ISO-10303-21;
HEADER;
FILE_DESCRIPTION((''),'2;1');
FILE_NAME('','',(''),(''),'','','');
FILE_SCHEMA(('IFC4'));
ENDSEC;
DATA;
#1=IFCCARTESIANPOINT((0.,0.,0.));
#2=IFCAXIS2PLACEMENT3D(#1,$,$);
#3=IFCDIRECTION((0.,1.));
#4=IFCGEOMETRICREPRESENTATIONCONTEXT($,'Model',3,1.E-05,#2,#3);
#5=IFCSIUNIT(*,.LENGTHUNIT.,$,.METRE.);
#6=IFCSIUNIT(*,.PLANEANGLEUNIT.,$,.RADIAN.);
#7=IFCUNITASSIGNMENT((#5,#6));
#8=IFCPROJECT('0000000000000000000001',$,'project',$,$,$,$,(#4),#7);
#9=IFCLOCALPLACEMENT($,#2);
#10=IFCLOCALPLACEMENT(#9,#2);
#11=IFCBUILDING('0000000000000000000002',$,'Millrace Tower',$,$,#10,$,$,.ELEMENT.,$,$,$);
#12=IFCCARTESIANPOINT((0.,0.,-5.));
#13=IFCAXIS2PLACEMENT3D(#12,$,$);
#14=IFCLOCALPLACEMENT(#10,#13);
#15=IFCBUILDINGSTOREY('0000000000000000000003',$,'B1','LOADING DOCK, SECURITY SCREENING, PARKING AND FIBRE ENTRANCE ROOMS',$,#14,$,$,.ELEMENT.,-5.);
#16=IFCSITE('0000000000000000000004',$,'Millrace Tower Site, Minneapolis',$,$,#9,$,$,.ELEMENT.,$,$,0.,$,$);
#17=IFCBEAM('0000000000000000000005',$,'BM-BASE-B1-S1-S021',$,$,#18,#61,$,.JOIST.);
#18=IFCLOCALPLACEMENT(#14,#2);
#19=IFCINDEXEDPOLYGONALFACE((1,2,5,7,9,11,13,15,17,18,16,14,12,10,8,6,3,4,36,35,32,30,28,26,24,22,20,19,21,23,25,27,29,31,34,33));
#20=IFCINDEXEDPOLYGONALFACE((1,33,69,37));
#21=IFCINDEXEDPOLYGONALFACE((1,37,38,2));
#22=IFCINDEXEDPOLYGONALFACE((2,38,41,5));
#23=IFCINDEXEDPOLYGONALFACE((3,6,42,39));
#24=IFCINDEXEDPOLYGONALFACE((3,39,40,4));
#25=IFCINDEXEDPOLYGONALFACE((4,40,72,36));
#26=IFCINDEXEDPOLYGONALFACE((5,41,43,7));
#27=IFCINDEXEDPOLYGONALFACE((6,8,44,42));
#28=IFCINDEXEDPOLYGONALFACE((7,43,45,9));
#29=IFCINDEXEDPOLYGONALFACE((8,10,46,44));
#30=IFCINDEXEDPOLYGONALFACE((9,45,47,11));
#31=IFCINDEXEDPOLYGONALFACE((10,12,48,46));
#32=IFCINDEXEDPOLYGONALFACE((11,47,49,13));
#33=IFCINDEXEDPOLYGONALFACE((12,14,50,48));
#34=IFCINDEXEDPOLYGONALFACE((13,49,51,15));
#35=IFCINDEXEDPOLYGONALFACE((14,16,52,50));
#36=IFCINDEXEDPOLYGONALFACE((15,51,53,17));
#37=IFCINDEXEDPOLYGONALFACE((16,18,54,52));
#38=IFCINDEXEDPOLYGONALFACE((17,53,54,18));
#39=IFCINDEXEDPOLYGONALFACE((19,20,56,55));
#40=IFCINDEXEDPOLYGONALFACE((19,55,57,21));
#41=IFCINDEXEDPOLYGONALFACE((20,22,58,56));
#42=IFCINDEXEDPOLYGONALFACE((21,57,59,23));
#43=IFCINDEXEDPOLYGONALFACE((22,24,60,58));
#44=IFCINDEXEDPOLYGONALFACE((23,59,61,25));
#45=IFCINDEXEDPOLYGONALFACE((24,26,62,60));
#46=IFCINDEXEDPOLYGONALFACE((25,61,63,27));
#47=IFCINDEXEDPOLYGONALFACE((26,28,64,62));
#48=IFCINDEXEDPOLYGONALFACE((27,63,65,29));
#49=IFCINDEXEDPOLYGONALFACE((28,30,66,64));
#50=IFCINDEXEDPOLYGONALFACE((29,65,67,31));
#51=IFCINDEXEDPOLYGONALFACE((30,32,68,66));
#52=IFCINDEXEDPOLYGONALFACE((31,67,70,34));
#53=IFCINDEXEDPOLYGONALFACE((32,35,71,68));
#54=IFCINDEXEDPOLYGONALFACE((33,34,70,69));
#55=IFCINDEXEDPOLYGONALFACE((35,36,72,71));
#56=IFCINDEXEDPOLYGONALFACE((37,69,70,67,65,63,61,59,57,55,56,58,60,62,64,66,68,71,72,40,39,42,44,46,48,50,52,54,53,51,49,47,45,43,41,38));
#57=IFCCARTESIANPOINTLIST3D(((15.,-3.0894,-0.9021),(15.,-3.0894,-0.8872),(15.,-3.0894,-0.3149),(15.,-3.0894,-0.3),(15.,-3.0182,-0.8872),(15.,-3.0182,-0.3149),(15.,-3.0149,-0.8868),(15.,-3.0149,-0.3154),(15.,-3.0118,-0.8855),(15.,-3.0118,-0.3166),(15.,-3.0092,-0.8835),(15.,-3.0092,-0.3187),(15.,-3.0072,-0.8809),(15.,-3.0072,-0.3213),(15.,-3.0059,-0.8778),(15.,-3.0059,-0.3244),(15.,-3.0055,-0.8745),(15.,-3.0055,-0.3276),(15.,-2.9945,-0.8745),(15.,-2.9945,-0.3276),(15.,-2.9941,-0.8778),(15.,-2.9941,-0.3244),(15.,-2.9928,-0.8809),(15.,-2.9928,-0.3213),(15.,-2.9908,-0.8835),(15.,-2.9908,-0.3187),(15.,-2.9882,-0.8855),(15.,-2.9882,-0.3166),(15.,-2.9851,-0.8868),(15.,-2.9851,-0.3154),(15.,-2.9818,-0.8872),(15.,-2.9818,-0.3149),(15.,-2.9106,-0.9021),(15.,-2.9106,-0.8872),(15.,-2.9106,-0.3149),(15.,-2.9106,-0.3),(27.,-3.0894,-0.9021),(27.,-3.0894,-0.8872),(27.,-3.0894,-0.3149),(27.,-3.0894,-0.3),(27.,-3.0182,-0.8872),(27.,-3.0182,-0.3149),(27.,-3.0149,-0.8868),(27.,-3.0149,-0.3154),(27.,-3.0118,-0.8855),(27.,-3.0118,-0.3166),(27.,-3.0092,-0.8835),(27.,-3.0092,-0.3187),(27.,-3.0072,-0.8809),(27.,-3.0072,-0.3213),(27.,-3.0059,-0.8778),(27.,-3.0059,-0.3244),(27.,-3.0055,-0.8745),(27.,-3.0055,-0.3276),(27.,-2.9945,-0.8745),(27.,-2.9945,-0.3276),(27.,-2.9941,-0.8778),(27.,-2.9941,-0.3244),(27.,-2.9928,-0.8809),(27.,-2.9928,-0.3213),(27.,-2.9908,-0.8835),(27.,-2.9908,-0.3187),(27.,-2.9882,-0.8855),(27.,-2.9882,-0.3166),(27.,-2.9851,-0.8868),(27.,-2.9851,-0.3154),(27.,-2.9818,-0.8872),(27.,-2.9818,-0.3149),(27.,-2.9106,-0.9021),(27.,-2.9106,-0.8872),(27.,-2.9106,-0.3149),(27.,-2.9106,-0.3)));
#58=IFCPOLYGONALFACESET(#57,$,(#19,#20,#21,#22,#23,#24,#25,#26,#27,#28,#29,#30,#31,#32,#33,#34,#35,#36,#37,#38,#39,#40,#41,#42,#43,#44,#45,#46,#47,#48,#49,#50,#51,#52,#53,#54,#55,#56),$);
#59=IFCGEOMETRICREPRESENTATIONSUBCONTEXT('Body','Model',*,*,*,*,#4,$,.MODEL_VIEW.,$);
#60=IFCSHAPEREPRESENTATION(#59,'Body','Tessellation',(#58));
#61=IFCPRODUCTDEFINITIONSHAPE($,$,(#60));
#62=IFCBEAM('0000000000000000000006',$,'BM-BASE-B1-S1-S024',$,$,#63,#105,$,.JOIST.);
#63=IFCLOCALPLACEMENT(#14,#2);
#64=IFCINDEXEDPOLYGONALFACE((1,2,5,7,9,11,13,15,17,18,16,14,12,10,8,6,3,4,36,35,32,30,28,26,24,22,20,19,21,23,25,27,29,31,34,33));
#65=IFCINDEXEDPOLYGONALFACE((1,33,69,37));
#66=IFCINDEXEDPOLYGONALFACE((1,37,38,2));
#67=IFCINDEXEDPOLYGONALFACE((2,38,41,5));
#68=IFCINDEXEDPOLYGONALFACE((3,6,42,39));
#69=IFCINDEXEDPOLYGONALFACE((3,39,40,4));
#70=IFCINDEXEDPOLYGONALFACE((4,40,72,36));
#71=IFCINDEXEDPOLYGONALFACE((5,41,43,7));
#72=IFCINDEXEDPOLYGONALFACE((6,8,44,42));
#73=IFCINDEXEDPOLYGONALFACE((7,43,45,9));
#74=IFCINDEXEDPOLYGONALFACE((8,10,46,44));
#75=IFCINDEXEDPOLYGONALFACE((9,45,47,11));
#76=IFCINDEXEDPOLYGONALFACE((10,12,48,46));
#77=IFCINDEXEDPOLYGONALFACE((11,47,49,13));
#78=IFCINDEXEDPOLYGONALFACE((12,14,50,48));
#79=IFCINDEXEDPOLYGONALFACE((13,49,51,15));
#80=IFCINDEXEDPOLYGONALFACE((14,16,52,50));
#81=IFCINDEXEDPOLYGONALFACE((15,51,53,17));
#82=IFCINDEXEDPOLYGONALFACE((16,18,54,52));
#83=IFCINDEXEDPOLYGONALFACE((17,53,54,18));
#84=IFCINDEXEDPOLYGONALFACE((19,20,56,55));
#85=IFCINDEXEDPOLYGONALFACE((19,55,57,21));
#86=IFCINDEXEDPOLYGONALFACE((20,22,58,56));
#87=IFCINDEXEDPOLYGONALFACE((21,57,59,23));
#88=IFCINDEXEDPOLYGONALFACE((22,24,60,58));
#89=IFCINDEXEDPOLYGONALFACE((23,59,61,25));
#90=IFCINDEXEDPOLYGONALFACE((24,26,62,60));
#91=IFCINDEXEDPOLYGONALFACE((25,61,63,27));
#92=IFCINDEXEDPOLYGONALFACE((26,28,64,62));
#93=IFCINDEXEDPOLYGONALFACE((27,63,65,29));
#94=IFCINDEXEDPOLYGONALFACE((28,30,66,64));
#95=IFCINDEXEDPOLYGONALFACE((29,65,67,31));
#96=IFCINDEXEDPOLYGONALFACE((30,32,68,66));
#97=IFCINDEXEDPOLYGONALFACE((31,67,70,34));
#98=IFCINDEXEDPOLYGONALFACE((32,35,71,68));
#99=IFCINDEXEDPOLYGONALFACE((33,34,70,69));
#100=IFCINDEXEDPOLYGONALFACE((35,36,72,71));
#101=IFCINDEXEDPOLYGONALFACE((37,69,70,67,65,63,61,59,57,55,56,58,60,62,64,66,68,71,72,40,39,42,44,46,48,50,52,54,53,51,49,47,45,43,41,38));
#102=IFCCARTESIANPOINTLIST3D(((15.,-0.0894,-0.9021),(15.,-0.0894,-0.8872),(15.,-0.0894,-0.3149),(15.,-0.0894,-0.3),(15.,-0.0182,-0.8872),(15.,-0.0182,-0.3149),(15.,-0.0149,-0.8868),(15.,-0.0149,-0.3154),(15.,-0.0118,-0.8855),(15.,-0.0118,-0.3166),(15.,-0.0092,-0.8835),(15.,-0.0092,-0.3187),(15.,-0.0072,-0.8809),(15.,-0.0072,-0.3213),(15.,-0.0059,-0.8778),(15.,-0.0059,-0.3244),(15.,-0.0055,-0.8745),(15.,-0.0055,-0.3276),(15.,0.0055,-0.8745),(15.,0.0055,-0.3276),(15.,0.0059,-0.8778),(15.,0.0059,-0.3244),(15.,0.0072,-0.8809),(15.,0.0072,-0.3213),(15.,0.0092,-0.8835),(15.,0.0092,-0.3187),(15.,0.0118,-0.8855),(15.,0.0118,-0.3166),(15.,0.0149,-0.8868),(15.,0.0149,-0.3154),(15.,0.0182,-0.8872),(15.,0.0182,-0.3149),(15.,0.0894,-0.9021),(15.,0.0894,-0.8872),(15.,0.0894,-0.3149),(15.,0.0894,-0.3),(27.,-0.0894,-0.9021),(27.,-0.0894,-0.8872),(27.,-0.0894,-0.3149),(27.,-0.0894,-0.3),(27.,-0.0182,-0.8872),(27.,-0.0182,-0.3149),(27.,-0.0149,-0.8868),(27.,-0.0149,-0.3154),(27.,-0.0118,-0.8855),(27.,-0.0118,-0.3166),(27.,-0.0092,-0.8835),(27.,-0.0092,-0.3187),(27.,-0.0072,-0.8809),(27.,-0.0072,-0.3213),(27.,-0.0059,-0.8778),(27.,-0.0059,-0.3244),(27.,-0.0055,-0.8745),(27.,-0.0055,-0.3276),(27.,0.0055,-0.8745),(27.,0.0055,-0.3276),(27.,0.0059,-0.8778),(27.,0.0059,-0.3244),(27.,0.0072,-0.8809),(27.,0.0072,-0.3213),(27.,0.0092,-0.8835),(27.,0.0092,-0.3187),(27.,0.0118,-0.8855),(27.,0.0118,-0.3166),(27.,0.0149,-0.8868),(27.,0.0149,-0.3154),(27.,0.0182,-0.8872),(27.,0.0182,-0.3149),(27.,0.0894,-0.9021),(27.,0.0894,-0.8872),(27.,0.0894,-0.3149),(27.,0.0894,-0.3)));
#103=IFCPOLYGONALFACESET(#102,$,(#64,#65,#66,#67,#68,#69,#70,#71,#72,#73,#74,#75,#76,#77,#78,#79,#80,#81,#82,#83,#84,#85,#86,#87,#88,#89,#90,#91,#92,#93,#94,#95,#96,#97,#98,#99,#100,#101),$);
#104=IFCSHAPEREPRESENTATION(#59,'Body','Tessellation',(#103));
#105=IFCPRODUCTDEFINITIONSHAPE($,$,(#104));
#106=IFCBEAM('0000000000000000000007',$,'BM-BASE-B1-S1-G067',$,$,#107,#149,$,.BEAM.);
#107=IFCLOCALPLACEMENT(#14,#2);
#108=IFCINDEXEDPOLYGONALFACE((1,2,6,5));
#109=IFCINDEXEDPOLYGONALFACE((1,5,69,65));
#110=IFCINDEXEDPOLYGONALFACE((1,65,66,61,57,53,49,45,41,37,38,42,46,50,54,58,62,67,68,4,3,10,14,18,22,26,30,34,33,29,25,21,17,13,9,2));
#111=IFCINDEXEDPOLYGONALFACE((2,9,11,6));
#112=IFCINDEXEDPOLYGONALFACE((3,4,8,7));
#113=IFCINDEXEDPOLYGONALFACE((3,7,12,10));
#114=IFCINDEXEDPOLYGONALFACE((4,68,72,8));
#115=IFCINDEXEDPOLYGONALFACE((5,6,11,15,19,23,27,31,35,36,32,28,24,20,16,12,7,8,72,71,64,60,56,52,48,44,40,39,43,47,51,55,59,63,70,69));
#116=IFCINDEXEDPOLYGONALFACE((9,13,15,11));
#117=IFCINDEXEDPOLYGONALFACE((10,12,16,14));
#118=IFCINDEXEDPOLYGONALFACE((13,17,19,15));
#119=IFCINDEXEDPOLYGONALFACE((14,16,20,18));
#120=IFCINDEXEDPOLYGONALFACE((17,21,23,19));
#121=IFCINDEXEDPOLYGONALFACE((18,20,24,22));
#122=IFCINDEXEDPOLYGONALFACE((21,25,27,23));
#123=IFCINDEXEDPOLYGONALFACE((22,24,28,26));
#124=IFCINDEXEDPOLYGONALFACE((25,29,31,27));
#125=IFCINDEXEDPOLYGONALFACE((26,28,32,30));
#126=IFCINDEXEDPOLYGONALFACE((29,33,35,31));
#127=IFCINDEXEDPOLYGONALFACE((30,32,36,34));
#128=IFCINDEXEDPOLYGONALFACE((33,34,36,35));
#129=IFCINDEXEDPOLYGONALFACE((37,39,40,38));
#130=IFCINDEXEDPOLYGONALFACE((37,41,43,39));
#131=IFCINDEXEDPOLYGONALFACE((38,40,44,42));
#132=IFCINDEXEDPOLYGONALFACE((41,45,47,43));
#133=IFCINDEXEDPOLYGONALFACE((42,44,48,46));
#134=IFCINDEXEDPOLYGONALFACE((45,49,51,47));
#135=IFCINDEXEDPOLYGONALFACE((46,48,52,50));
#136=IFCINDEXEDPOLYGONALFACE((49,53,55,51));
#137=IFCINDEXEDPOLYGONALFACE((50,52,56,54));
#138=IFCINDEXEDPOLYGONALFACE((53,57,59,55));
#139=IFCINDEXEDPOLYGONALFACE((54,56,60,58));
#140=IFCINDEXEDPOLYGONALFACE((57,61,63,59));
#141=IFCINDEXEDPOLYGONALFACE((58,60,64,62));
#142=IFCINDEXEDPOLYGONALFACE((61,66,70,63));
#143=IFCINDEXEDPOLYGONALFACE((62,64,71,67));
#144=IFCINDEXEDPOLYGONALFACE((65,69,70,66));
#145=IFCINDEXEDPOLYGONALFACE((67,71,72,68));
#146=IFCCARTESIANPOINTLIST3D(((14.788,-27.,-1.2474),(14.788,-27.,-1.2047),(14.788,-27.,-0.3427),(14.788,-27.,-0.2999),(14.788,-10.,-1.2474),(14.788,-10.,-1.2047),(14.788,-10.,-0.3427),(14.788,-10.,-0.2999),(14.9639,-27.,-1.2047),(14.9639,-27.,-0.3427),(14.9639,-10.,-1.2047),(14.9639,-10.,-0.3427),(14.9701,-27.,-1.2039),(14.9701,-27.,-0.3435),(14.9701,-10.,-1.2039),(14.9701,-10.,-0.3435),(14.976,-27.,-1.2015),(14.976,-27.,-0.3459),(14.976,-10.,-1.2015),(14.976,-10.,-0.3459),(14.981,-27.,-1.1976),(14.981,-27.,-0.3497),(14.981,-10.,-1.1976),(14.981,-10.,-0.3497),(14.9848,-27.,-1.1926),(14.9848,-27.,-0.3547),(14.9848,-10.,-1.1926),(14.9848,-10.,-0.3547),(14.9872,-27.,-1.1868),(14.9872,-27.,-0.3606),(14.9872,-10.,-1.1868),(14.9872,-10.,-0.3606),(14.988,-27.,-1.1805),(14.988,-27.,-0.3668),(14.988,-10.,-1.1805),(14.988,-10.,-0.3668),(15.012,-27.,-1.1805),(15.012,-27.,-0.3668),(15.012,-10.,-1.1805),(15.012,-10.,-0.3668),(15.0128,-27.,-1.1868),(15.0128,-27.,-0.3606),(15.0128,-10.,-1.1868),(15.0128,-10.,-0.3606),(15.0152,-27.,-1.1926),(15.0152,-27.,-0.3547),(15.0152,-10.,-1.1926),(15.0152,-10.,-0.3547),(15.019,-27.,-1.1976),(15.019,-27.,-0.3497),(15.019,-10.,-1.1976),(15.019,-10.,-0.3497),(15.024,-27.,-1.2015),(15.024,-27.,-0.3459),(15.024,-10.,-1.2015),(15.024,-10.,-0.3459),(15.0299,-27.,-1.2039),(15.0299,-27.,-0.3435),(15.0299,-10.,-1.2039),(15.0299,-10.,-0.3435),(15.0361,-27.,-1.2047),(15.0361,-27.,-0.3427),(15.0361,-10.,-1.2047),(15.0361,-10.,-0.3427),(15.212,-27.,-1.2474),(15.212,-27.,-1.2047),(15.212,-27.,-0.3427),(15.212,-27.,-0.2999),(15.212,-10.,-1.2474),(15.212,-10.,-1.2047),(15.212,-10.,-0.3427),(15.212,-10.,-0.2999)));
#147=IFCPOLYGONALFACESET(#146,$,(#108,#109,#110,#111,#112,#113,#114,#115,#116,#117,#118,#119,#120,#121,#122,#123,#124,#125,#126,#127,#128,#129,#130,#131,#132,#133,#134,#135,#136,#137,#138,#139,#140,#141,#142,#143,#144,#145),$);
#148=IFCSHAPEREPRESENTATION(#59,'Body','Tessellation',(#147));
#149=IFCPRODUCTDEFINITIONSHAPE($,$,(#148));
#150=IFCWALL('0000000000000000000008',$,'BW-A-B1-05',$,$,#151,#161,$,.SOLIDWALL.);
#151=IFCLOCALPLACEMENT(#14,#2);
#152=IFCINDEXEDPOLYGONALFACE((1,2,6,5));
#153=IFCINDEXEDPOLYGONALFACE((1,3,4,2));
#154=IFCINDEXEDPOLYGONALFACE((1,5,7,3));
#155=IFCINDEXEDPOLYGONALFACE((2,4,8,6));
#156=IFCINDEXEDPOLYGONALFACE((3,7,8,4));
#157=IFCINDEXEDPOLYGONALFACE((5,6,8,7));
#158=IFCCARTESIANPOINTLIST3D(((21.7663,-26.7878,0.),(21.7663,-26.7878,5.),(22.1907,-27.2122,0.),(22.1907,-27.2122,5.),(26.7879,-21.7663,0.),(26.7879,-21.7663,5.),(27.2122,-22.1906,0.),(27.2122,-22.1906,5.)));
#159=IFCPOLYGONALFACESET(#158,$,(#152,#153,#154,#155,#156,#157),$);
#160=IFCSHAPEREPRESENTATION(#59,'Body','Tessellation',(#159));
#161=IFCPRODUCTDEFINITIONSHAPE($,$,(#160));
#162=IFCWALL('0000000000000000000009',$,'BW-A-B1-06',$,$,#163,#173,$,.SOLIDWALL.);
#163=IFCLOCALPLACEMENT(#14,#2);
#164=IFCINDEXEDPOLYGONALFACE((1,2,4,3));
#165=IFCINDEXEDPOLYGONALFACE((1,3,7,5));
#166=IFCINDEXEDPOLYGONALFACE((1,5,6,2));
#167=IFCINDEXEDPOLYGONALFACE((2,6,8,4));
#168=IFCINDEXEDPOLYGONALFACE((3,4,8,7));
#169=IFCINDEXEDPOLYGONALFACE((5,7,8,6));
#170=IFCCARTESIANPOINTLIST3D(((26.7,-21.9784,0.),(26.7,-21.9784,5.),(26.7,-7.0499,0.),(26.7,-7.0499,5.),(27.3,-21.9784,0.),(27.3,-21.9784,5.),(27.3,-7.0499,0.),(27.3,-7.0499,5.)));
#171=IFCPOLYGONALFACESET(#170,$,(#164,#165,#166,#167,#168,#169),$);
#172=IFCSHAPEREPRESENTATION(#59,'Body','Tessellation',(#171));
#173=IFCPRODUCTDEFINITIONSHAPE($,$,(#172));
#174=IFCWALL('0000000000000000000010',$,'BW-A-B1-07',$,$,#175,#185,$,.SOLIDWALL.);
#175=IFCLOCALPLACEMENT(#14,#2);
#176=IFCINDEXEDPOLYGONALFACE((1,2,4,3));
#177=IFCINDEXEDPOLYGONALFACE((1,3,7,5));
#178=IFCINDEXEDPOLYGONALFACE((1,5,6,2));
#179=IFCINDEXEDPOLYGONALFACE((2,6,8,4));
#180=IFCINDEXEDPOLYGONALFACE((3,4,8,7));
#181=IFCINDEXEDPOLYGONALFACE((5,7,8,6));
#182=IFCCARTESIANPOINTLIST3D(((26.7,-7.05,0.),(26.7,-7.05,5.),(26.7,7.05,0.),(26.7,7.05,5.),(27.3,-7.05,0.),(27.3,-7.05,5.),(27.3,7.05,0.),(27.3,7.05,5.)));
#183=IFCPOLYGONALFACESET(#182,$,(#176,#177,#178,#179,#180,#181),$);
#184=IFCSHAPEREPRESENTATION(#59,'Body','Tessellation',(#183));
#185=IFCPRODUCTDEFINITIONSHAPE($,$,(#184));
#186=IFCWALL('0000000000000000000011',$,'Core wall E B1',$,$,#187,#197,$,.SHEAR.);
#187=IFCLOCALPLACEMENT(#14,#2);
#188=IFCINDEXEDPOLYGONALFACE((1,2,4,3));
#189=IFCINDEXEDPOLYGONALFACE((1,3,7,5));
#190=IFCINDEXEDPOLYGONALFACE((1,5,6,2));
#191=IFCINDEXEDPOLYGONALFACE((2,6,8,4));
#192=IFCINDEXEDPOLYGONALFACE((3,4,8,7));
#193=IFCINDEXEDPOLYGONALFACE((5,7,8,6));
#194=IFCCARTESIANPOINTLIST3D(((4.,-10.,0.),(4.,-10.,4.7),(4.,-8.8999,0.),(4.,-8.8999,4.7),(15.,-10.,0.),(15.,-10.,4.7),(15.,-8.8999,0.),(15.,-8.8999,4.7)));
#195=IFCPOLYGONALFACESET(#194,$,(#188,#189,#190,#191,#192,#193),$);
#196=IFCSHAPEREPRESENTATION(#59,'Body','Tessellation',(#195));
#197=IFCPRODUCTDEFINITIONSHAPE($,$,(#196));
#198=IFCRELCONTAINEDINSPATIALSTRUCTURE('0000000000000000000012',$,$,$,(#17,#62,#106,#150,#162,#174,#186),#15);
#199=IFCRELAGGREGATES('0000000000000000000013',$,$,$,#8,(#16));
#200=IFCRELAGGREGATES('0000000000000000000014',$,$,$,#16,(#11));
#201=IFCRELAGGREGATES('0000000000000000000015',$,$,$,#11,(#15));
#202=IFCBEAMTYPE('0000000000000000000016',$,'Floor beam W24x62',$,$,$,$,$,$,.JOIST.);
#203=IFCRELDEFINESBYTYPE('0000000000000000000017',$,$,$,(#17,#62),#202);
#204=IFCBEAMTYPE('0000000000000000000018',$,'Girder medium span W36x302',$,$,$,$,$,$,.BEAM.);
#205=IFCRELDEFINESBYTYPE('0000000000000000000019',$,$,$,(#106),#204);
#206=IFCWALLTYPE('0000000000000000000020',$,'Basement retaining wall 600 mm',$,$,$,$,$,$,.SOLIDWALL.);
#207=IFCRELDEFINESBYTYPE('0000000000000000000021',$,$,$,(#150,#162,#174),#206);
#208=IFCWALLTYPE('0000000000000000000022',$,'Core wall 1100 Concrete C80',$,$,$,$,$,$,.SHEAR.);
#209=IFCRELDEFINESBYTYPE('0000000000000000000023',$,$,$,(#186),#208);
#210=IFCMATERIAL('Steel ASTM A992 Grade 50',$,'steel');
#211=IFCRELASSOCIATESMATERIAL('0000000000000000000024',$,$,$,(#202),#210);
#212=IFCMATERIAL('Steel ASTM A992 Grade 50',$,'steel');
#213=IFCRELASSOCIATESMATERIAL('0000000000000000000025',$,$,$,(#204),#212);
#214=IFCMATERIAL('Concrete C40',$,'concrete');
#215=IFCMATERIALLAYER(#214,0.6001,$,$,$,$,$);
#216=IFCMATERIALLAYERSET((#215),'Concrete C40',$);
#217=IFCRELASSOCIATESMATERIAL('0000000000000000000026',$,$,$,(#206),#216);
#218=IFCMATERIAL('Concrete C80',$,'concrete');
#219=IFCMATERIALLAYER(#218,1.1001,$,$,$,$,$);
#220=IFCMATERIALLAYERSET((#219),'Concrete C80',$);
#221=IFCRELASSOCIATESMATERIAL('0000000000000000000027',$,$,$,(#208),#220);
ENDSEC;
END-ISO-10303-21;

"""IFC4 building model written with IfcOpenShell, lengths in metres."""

from ifc_helpers import new_model, si_unit, direction, frame, frame_2d, origin, origin_2d, place, context, subcontext, project, spatial, rectangle, i_section, extrude, material, layer, layer_set, material_profile, profile_set, type_object, element, save


model = new_model("IFC4")

# Units and contexts
model_context = context("Model", 3, precision=1e-05, world=origin(), true_north=direction((0.0, 1.0)))
body_context = subcontext(model_context, "Body", "Model", "MODEL_VIEW")
ifc_project = project(units=[si_unit("LENGTHUNIT", "METRE"), si_unit("PLANEANGLEUNIT", "RADIAN")], contexts=[model_context])

# Site, building, storey
site_placement = place(None, origin())
site = spatial("IfcSite", under=ifc_project, at=site_placement, Name="Millrace Tower Site, Minneapolis", CompositionType="ELEMENT", RefElevation=0.0)
building_placement = place(site_placement, origin())
building = spatial("IfcBuilding", under=site, at=building_placement, Name="Millrace Tower", CompositionType="ELEMENT")
storey_placement = place(building_placement, frame((0.0, 0.0, -5.0)))
storey = spatial("IfcBuildingStorey", under=building, at=storey_placement, Name="B1", Description="LOADING DOCK, SECURITY SCREENING, PARKING AND FIBRE ENTRANCE ROOMS", CompositionType="ELEMENT", Elevation=-5.0)

# Shared definitions
placement = place(storey_placement, frame((27.0, -7.05, 0.0), z_axis=(0.0, 0.0, 1.0), x_axis=(0.0, 1.0, 0.0)))

# Beams
ifc_material_1 = material(Name="Steel ASTM A992 Grade 50", Category="steel")
ifc_material_profile_1 = material_profile(ifc_material_1, i_section(OverallWidth=0.1787, OverallDepth=0.6021, WebThickness=0.011, FlangeThickness=0.0149, FilletRadius=0.0127, at=origin_2d()))
ifc_profile_set_1 = profile_set([ifc_material_profile_1], Name="Steel ASTM A992 Grade 50")
beam_type_1 = type_object("IfcBeamType", Name="Floor beam W24x62", PredefinedType="JOIST", material=ifc_profile_set_1)
for number, where, z_axis, x_axis, name in (
    (1, (15.0, -3.0, -0.6011), (1.0, 0.0, 0.0), (0.0, 1.0, 0.0), "BM-BASE-B1-S1-S021"),
    (2, (15.0, 0.0, -0.6011), (1.0, 0.0, 0.0), (0.0, 1.0, 0.0), "BM-BASE-B1-S1-S024"),
):
    element("IfcBeam", number, at=place(storey_placement, frame(where, z_axis=z_axis, x_axis=x_axis)), inside=storey, type_object=beam_type_1, Name=name, PredefinedType="JOIST", context=body_context, shape_type="SweptSolid", body=[
        extrude(i_section(OverallWidth=0.1787, OverallDepth=0.6021, WebThickness=0.011, FlangeThickness=0.0149, FilletRadius=0.0127, at=origin_2d()), origin(), (0.0, 0.0, 1.0), 12.0),
    ])
ifc_material_2 = material(Name="Steel ASTM A992 Grade 50", Category="steel")
ifc_material_profile_2 = material_profile(ifc_material_2, i_section(OverallWidth=0.4241, OverallDepth=0.9475, WebThickness=0.0239, FlangeThickness=0.0427, FilletRadius=0.0242, at=origin_2d()))
ifc_profile_set_2 = profile_set([ifc_material_profile_2], Name="Steel ASTM A992 Grade 50")
beam_type_2 = type_object("IfcBeamType", Name="Girder medium span W36x302", PredefinedType="BEAM", material=ifc_profile_set_2)
beam_1_placement = place(storey_placement, frame((15.0, -27.0, -0.7737), z_axis=(0.0, 1.0, 0.0), x_axis=(-1.0, 0.0, 0.0)))
element("IfcBeam", 3, at=beam_1_placement, inside=storey, type_object=beam_type_2, Name="BM-BASE-B1-S1-G067", PredefinedType="BEAM", context=body_context, shape_type="SweptSolid", body=[
    extrude(i_section(OverallWidth=0.4241, OverallDepth=0.9475, WebThickness=0.0239, FlangeThickness=0.0427, FilletRadius=0.0242, at=origin_2d()), origin(), (0.0, 0.0, 1.0), 17.0),
])

# Walls
ifc_material_3 = material(Name="Concrete C40", Category="concrete")
ifc_layer_1 = layer(ifc_material_3, 0.6001)
ifc_layer_set_1 = layer_set([ifc_layer_1], Name="Concrete C40")
wall_type_1 = type_object("IfcWallType", Name="Basement retaining wall 600 mm", PredefinedType="SOLIDWALL", material=ifc_layer_set_1)
wall_1_placement = place(storey_placement, frame((21.9785, -27.0, 0.0), z_axis=(0.0, 0.0, 1.0), x_axis=(0.707107, 0.707107, 0.0)))
element("IfcWall", 4, at=wall_1_placement, inside=storey, type_object=wall_type_1, Name="BW-A-B1-05", PredefinedType="SOLIDWALL", context=body_context, shape_type="SweptSolid", body=[
    extrude(rectangle(XDim=7.1016, YDim=0.6001, at=frame_2d((3.5508, 0.0))), origin(), (0.0, 0.0, 1.0), 5.0),
])
wall_2_placement = place(storey_placement, frame((27.0, -21.9785, 0.0), z_axis=(0.0, 0.0, 1.0), x_axis=(0.0, 1.0, 0.0)))
element("IfcWall", 5, at=wall_2_placement, inside=storey, type_object=wall_type_1, Name="BW-A-B1-06", PredefinedType="SOLIDWALL", context=body_context, shape_type="SweptSolid", body=[
    extrude(rectangle(XDim=14.9285, YDim=0.6001, at=frame_2d((7.4644, 0.0))), origin(), (0.0, 0.0, 1.0), 5.0),
])
element("IfcWall", 6, at=placement, inside=storey, type_object=wall_type_1, Name="BW-A-B1-07", PredefinedType="SOLIDWALL", context=body_context, shape_type="SweptSolid", body=[
    extrude(rectangle(XDim=14.1001, YDim=0.6001, at=frame_2d((7.05, 0.0))), origin(), (0.0, 0.0, 1.0), 5.0),
])
ifc_material_4 = material(Name="Concrete C80", Category="concrete")
ifc_layer_2 = layer(ifc_material_4, 1.1001)
ifc_layer_set_2 = layer_set([ifc_layer_2], Name="Concrete C80")
wall_type_2 = type_object("IfcWallType", Name="Core wall 1100 Concrete C80", PredefinedType="SHEAR", material=ifc_layer_set_2)
wall_3_placement = place(storey_placement, frame((15.0, -9.45, 0.0), z_axis=(0.0, 0.0, 1.0), x_axis=(-1.0, 0.0, 0.0)))
element("IfcWall", 7, at=wall_3_placement, inside=storey, type_object=wall_type_2, Name="Core wall E B1", PredefinedType="SHEAR", context=body_context, shape_type="SweptSolid", body=[
    extrude(rectangle(XDim=11.0, YDim=1.1001, at=frame_2d((5.5, 0.0))), origin(), (0.0, 0.0, 1.0), 4.7),
])

save(model, "model.ifc")
